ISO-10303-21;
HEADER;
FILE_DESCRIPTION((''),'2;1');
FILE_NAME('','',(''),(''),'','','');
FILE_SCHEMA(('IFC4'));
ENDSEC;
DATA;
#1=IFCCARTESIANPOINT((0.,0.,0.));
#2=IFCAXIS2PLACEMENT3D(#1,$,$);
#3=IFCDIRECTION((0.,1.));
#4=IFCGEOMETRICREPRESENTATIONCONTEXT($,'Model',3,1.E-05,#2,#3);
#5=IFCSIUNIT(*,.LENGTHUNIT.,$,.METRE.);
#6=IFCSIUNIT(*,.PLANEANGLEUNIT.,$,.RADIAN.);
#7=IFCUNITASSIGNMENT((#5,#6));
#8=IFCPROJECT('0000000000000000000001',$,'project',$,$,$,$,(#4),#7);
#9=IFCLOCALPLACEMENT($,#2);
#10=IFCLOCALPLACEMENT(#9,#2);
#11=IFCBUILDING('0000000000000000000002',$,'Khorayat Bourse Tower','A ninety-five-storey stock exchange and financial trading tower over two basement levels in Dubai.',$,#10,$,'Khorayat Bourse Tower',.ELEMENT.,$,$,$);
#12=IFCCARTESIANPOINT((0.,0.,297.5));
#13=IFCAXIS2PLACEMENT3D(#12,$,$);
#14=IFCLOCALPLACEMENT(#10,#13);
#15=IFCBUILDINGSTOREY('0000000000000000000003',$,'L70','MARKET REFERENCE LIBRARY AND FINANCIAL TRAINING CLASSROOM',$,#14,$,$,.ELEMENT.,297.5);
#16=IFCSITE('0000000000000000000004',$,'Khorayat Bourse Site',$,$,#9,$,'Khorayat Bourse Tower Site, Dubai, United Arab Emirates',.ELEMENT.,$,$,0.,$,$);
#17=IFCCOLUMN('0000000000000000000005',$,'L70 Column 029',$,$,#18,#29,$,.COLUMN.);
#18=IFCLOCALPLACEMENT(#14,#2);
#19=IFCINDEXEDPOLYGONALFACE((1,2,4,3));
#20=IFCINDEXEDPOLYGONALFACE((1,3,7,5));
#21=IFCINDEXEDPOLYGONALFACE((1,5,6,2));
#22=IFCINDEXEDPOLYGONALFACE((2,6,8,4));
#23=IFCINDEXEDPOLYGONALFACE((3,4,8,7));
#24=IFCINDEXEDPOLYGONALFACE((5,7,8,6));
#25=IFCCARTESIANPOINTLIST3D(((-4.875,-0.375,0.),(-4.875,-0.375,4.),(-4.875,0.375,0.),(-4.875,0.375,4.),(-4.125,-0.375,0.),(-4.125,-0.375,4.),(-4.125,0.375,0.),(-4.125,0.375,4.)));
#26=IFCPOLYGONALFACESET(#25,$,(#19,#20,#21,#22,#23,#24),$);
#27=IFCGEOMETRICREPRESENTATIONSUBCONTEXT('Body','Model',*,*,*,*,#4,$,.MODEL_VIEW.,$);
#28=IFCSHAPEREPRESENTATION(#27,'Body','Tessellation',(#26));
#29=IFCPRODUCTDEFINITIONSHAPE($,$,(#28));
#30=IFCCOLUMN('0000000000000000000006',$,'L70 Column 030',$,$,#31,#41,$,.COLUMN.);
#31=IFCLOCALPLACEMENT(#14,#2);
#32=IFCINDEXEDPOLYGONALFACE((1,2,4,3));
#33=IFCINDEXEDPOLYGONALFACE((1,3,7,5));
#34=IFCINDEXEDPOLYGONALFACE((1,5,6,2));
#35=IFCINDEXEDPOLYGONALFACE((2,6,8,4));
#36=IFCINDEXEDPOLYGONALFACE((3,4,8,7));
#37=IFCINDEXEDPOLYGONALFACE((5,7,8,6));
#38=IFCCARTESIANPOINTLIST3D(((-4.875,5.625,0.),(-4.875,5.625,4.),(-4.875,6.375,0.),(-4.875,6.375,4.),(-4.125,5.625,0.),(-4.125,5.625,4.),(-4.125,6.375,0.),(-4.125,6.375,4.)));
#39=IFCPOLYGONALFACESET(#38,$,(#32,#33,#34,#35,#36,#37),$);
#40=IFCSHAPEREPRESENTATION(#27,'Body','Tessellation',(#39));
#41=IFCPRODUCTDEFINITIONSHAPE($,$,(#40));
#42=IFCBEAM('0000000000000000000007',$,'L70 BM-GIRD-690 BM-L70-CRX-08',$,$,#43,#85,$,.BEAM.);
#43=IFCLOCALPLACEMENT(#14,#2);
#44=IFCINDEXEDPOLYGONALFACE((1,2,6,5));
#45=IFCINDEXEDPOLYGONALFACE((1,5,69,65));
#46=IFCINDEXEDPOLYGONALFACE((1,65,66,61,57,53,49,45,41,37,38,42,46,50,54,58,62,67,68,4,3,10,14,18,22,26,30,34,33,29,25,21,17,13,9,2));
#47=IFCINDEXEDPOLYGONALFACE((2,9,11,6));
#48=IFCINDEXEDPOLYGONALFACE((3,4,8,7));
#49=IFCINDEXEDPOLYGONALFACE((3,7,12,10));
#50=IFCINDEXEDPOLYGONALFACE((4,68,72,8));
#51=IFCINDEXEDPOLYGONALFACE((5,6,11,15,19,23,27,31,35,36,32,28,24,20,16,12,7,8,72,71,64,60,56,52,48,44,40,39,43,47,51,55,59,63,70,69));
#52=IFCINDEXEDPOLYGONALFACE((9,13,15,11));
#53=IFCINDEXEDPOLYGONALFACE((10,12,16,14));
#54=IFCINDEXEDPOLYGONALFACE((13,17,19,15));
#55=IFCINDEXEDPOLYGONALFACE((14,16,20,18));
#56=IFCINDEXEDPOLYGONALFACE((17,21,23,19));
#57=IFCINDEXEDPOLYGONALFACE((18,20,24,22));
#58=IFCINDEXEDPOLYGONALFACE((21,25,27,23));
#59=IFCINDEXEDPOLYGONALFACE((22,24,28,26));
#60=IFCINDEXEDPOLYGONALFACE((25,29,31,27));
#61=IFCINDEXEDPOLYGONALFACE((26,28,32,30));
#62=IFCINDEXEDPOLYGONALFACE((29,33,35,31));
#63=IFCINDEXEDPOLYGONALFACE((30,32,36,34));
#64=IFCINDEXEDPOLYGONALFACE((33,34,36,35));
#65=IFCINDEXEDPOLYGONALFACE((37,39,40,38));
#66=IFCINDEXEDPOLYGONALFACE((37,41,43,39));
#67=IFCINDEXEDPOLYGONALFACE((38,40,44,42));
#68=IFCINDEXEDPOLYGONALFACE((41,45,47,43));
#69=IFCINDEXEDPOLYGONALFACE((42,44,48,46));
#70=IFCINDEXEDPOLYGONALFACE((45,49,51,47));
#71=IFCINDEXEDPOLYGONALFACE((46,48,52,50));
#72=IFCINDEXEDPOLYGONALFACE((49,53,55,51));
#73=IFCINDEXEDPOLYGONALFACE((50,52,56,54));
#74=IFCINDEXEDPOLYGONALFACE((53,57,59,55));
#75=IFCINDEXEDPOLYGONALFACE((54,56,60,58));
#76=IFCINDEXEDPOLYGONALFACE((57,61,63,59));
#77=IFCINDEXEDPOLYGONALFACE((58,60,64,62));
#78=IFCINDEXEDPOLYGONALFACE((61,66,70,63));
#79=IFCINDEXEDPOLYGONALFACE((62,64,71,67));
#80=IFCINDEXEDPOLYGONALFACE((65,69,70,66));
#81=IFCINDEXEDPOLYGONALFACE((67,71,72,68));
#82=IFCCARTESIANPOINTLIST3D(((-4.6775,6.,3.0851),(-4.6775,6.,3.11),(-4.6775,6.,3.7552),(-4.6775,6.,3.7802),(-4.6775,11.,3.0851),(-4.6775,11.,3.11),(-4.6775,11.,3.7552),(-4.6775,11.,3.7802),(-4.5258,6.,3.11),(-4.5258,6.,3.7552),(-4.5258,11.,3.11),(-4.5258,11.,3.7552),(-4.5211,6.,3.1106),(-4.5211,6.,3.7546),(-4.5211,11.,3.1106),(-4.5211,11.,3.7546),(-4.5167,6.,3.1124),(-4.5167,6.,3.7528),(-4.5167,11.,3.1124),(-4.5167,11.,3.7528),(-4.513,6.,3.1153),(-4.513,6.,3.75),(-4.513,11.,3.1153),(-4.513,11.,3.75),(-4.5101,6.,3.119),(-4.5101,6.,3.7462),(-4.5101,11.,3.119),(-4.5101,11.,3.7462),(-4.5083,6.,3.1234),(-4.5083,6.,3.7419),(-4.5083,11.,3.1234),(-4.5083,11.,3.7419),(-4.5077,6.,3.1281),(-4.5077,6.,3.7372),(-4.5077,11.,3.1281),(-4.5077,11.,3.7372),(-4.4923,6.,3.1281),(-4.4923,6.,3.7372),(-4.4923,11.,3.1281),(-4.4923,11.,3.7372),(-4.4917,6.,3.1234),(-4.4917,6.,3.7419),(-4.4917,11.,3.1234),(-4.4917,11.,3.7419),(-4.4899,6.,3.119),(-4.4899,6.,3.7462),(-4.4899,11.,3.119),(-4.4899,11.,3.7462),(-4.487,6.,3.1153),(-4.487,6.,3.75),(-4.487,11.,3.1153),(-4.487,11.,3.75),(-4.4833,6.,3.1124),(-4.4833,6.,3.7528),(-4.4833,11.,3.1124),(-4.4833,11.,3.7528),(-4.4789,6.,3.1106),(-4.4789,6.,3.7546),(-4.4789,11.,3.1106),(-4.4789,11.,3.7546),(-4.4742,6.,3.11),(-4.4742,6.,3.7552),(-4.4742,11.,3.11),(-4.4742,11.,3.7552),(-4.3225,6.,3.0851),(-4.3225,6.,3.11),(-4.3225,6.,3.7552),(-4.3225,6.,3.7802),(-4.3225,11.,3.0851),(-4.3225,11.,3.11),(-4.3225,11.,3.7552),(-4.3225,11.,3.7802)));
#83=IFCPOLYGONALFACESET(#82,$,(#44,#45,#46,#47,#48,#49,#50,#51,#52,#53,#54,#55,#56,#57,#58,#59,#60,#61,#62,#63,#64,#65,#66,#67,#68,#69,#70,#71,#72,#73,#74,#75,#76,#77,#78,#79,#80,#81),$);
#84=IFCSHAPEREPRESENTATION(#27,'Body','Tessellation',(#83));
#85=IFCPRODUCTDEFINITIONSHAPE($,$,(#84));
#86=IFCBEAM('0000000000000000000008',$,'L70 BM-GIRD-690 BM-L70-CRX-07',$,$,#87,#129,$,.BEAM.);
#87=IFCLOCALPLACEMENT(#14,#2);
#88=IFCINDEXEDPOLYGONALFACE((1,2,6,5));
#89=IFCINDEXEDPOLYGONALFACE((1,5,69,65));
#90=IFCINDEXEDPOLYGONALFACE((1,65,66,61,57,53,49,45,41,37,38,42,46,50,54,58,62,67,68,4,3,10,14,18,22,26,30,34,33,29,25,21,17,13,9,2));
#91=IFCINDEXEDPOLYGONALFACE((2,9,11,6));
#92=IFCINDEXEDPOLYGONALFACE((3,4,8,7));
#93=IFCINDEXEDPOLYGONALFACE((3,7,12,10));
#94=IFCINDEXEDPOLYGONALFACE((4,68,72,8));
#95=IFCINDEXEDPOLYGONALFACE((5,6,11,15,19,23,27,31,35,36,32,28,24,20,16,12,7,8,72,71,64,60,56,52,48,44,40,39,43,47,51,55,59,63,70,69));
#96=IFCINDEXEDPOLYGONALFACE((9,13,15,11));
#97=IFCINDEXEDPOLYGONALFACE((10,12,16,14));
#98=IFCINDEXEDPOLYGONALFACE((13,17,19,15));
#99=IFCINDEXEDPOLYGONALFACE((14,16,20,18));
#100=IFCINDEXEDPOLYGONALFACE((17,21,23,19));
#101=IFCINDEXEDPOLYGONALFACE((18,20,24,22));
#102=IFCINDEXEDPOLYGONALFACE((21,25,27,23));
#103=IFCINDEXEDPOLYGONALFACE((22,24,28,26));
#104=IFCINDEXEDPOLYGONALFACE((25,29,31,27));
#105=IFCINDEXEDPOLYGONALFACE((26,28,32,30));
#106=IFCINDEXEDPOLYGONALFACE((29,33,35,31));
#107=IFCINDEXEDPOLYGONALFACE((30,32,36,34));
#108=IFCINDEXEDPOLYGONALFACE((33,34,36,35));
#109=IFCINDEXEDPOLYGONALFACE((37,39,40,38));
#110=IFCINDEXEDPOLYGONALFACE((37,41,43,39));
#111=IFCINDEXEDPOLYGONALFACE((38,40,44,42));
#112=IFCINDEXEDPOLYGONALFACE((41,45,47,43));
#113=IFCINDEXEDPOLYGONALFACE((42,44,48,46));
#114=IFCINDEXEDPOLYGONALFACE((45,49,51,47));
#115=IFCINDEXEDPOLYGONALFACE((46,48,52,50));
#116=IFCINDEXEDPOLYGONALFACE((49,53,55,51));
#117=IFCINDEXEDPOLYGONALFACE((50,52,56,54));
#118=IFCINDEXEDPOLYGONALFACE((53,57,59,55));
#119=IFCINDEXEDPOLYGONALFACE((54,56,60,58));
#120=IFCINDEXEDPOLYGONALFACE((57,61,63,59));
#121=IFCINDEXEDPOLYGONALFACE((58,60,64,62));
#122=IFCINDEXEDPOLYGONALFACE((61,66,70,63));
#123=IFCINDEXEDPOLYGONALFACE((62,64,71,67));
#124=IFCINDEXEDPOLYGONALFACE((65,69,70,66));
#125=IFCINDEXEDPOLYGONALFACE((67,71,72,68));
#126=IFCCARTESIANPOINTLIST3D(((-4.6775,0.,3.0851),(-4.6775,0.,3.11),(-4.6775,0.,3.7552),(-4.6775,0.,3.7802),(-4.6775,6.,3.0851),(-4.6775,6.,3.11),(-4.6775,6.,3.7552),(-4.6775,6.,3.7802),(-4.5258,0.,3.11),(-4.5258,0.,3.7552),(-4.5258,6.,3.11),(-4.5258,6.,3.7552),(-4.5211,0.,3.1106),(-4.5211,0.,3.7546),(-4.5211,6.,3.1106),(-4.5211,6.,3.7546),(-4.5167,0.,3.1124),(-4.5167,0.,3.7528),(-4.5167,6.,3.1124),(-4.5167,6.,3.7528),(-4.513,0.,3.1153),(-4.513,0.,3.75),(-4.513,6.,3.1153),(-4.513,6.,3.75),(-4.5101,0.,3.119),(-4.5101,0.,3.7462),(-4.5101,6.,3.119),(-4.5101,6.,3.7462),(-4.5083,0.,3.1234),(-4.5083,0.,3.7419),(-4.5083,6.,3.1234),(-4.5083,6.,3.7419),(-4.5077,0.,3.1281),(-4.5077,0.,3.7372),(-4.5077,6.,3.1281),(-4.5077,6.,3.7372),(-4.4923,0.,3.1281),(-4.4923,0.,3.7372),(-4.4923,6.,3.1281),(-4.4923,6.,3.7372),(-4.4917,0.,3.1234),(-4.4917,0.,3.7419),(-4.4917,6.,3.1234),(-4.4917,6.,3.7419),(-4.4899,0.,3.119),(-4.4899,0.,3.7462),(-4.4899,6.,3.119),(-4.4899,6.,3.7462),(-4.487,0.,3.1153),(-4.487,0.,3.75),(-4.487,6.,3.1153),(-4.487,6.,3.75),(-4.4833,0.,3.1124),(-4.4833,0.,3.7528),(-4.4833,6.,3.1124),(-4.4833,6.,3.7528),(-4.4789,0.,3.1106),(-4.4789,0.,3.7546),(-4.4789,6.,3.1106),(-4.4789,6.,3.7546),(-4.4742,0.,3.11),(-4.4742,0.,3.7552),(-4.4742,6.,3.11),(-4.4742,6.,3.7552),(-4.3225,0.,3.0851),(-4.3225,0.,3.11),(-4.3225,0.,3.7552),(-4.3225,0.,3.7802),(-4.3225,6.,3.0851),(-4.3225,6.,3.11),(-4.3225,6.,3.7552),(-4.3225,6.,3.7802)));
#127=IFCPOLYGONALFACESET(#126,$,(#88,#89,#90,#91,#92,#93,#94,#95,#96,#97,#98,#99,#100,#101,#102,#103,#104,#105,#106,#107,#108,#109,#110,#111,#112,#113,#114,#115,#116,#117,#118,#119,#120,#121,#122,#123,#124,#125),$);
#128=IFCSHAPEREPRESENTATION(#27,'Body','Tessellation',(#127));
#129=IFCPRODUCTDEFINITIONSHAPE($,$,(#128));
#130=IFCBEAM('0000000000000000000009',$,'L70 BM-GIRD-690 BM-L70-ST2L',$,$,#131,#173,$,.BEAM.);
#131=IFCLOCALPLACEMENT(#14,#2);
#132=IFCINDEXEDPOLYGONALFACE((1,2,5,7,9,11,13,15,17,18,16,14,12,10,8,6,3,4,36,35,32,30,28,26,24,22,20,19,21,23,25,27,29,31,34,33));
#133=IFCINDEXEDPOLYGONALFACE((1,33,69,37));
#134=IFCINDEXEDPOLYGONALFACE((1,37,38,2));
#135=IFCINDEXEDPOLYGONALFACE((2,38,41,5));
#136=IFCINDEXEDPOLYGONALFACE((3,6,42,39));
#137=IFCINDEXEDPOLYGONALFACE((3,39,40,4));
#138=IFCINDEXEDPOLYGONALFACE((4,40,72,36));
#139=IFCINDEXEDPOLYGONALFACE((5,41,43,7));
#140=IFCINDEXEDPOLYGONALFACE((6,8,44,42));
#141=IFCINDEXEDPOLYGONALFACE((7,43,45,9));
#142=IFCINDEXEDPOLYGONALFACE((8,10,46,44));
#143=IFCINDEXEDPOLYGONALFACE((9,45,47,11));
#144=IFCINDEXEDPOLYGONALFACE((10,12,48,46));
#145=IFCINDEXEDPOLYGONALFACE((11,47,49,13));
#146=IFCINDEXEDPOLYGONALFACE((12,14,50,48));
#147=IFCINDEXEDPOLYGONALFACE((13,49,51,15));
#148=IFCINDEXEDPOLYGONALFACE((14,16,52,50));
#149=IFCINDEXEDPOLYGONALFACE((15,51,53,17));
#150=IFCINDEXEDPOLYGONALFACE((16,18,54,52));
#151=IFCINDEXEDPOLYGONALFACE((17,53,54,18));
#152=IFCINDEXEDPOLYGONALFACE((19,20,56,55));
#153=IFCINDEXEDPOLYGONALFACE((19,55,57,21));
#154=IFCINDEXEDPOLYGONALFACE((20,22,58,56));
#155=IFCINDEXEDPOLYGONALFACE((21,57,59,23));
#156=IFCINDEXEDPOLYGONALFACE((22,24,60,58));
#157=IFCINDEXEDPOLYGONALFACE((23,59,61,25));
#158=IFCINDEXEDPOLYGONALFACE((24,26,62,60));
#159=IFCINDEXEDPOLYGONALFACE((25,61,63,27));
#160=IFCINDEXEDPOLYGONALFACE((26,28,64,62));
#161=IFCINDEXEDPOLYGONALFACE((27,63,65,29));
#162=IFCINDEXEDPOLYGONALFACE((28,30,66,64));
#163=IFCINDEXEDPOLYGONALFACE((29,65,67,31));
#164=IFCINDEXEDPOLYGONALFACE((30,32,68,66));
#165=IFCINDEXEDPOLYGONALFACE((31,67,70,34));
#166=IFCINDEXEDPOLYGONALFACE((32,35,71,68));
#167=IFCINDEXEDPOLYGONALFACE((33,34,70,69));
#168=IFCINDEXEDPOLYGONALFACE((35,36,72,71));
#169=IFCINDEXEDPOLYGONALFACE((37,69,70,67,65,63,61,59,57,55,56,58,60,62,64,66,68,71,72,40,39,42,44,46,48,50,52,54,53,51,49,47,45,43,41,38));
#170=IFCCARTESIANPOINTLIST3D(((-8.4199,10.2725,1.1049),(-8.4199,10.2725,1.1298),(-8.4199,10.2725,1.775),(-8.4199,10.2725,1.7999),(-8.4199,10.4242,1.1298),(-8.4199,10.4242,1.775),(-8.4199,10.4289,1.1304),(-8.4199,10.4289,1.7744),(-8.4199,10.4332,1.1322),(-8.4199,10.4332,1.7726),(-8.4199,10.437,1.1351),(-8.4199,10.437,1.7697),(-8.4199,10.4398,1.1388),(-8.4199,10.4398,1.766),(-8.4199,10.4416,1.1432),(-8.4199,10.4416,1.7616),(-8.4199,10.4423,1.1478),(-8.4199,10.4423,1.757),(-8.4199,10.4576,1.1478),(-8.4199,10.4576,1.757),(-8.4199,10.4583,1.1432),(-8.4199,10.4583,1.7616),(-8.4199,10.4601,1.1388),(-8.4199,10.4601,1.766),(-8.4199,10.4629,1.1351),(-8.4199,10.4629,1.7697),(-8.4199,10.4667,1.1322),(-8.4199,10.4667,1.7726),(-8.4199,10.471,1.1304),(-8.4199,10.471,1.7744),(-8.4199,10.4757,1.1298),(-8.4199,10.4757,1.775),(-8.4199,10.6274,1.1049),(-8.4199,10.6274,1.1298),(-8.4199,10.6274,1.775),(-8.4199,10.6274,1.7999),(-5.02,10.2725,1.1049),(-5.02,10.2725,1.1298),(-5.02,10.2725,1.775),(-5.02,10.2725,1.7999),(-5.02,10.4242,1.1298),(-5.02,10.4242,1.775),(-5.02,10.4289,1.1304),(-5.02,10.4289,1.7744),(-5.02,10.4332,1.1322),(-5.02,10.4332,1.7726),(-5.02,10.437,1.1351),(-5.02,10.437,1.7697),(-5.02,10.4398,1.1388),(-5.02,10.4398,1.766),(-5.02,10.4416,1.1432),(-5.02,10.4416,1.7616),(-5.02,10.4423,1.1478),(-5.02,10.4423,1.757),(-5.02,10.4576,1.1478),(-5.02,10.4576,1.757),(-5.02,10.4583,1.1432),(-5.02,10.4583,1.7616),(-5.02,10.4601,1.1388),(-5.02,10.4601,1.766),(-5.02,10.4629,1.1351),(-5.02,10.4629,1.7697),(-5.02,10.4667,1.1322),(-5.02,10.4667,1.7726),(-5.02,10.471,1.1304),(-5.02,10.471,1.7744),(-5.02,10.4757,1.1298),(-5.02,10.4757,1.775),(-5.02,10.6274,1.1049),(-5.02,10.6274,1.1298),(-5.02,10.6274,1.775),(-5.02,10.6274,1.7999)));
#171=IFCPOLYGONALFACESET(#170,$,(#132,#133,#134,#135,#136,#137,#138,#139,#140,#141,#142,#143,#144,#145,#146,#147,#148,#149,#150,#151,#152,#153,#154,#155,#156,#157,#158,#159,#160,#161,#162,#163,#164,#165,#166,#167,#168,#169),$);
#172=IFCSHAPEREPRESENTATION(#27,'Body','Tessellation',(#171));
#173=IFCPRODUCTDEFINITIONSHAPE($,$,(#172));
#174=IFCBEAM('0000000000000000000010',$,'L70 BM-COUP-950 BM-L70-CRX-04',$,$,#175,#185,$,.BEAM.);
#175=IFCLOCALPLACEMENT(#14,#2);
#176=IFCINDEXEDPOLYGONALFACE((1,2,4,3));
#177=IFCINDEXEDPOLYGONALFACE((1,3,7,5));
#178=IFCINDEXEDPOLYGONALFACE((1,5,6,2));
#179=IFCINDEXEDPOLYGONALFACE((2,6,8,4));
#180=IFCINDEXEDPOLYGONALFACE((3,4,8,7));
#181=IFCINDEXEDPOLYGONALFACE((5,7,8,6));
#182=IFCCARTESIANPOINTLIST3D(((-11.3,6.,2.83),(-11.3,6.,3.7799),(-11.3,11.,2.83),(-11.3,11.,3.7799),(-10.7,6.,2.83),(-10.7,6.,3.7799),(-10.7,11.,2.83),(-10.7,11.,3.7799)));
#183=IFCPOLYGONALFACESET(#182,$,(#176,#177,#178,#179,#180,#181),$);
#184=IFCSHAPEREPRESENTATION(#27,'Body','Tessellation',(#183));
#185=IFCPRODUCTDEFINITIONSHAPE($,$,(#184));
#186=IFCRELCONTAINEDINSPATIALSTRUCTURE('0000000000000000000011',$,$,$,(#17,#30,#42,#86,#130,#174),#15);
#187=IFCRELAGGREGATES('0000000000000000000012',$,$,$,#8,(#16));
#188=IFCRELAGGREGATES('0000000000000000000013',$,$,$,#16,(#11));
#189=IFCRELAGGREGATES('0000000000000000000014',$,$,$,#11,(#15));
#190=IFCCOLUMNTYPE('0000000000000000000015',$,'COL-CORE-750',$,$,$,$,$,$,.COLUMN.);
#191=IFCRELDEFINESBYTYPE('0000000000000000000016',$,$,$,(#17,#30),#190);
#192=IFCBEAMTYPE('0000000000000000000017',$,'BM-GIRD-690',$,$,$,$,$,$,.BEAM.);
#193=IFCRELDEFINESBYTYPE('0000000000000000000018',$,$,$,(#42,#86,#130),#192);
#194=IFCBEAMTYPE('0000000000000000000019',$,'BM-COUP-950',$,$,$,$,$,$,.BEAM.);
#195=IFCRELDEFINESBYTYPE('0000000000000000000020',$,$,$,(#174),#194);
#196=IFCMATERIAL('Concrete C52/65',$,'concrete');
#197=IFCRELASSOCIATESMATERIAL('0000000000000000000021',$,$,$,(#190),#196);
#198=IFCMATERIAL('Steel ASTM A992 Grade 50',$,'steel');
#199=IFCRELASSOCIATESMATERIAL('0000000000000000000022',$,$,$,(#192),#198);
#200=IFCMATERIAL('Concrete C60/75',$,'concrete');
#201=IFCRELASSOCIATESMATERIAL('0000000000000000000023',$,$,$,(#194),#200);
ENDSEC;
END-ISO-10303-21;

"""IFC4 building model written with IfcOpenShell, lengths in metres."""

from ifc_helpers import new_model, si_unit, direction, frame, origin, origin_2d, place, context, subcontext, project, spatial, rectangle, i_section, extrude, source, transform, mapped, material, material_profile, profile_set, type_object, element, save


model = new_model("IFC4")

# Units and contexts
model_context = context("Model", 3, precision=1e-05, world=origin(), true_north=direction((0.0, 1.0)))
body_context = subcontext(model_context, "Body", "Model", "MODEL_VIEW")
ifc_project = project(units=[si_unit("LENGTHUNIT", "METRE"), si_unit("PLANEANGLEUNIT", "RADIAN")], contexts=[model_context])

# Site, building, storey
site_placement = place(None, origin())
site = spatial("IfcSite", under=ifc_project, at=site_placement, Name="Khorayat Bourse Site", LongName="Khorayat Bourse Tower Site, Dubai, United Arab Emirates", CompositionType="ELEMENT", RefElevation=0.0)
building_placement = place(site_placement, origin())
building = spatial("IfcBuilding", under=site, at=building_placement, Name="Khorayat Bourse Tower", Description="A ninety-five-storey stock exchange and financial trading tower over two basement levels in Dubai.", LongName="Khorayat Bourse Tower", CompositionType="ELEMENT")
storey_placement = place(building_placement, frame((0.0, 0.0, 297.5)))
storey = spatial("IfcBuildingStorey", under=building, at=storey_placement, Name="L70", Description="MARKET REFERENCE LIBRARY AND FINANCIAL TRAINING CLASSROOM", CompositionType="ELEMENT", Elevation=297.5)

# Columns
ifc_material_1 = material(Name="Concrete C52/65", Category="concrete")
ifc_material_profile_1 = material_profile(ifc_material_1, rectangle(XDim=0.75, YDim=0.75, at=origin_2d()), Name="RC 750x750")
ifc_profile_set_1 = profile_set([ifc_material_profile_1], Name="Concrete C52/65")
column_type = type_object("IfcColumnType", Name="COL-CORE-750", PredefinedType="COLUMN", material=ifc_profile_set_1)
shared_shape_1 = source(origin(), body_context, "Body", "SweptSolid", [
    extrude(rectangle(XDim=0.75, YDim=0.75, at=origin_2d()), origin(), (0.0, 0.0, 1.0), 4.0),
])
for number, where, z_axis, x_axis, name in (
    (1, (-4.5, 0.0, 0.0), (0.0, 0.0, 1.0), (1.0, 0.0, 0.0), "L70 Column 029"),
    (2, (-4.5, 6.0, 0.0), (0.0, 0.0, 1.0), (1.0, 0.0, 0.0), "L70 Column 030"),
):
    element("IfcColumn", number, at=place(storey_placement, frame(where, z_axis=z_axis, x_axis=x_axis)), inside=storey, type_object=column_type, Name=name, PredefinedType="COLUMN", context=body_context, shape_type="MappedRepresentation", body=[
        mapped(shared_shape_1, transform((0.0, 0.0, 0.0), scale=1.0)),
    ])

# Beams
ifc_material_2 = material(Name="Steel ASTM A992 Grade 50", Category="steel")
ifc_material_profile_2 = material_profile(ifc_material_2, i_section(OverallWidth=0.355, OverallDepth=0.6951, WebThickness=0.0154, FlangeThickness=0.0249, FilletRadius=0.0181, at=origin_2d()), Name="W690X217")
ifc_profile_set_2 = profile_set([ifc_material_profile_2], Name="Steel ASTM A992 Grade 50")
beam_type_1 = type_object("IfcBeamType", Name="BM-GIRD-690", PredefinedType="BEAM", material=ifc_profile_set_2)
shared_shape_2 = source(origin(), body_context, "Body", "SweptSolid", [
    extrude(i_section(OverallWidth=0.355, OverallDepth=0.6951, WebThickness=0.0154, FlangeThickness=0.0249, FilletRadius=0.0181, at=origin_2d()), origin(), (0.0, 0.0, 1.0), 5.0),
])
beam_1_placement = place(storey_placement, frame((-4.5, 6.0, 3.4326), z_axis=(0.0, 1.0, 0.0), x_axis=(-1.0, 0.0, 0.0)))
element("IfcBeam", 3, at=beam_1_placement, inside=storey, type_object=beam_type_1, Name="L70 BM-GIRD-690 BM-L70-CRX-08", PredefinedType="BEAM", context=body_context, shape_type="MappedRepresentation", body=[
    mapped(shared_shape_2, transform((0.0, 0.0, 0.0), scale=1.0)),
])
shared_shape_3 = source(origin(), body_context, "Body", "SweptSolid", [
    extrude(i_section(OverallWidth=0.355, OverallDepth=0.6951, WebThickness=0.0154, FlangeThickness=0.0249, FilletRadius=0.0181, at=origin_2d()), origin(), (0.0, 0.0, 1.0), 6.0),
])
beam_2_placement = place(storey_placement, frame((-4.5, 0.0, 3.4326), z_axis=(0.0, 1.0, 0.0), x_axis=(-1.0, 0.0, 0.0)))
element("IfcBeam", 4, at=beam_2_placement, inside=storey, type_object=beam_type_1, Name="L70 BM-GIRD-690 BM-L70-CRX-07", PredefinedType="BEAM", context=body_context, shape_type="MappedRepresentation", body=[
    mapped(shared_shape_3, transform((0.0, 0.0, 0.0), scale=1.0)),
])
shared_shape_4 = source(origin(), body_context, "Body", "SweptSolid", [
    extrude(i_section(OverallWidth=0.355, OverallDepth=0.6951, WebThickness=0.0154, FlangeThickness=0.0249, FilletRadius=0.0181, at=origin_2d()), origin(), (0.0, 0.0, 1.0), 3.3999),
])
beam_3_placement = place(storey_placement, frame((-8.4199, 10.45, 1.4524), z_axis=(1.0, 0.0, 0.0), x_axis=(0.0, 1.0, 0.0)))
element("IfcBeam", 5, at=beam_3_placement, inside=storey, type_object=beam_type_1, Name="L70 BM-GIRD-690 BM-L70-ST2L", PredefinedType="BEAM", context=body_context, shape_type="MappedRepresentation", body=[
    mapped(shared_shape_4, transform((0.0, 0.0, 0.0), scale=1.0)),
])
ifc_material_3 = material(Name="Concrete C60/75", Category="concrete")
ifc_material_profile_3 = material_profile(ifc_material_3, rectangle(XDim=0.6001, YDim=0.95, at=origin_2d()), Name="RC 600x950")
ifc_profile_set_3 = profile_set([ifc_material_profile_3], Name="Concrete C60/75")
beam_type_2 = type_object("IfcBeamType", Name="BM-COUP-950", PredefinedType="BEAM", material=ifc_profile_set_3)
shared_shape_5 = source(origin(), body_context, "Body", "SweptSolid", [
    extrude(rectangle(XDim=0.6001, YDim=0.95, at=origin_2d()), origin(), (0.0, 0.0, 1.0), 5.0),
])
beam_4_placement = place(storey_placement, frame((-11.0, 6.0, 3.3049), z_axis=(0.0, 1.0, 0.0), x_axis=(-1.0, 0.0, 0.0)))
element("IfcBeam", 6, at=beam_4_placement, inside=storey, type_object=beam_type_2, Name="L70 BM-COUP-950 BM-L70-CRX-04", PredefinedType="BEAM", context=body_context, shape_type="MappedRepresentation", body=[
    mapped(shared_shape_5, transform((0.0, 0.0, 0.0), scale=1.0)),
])

save(model, "model.ifc")
